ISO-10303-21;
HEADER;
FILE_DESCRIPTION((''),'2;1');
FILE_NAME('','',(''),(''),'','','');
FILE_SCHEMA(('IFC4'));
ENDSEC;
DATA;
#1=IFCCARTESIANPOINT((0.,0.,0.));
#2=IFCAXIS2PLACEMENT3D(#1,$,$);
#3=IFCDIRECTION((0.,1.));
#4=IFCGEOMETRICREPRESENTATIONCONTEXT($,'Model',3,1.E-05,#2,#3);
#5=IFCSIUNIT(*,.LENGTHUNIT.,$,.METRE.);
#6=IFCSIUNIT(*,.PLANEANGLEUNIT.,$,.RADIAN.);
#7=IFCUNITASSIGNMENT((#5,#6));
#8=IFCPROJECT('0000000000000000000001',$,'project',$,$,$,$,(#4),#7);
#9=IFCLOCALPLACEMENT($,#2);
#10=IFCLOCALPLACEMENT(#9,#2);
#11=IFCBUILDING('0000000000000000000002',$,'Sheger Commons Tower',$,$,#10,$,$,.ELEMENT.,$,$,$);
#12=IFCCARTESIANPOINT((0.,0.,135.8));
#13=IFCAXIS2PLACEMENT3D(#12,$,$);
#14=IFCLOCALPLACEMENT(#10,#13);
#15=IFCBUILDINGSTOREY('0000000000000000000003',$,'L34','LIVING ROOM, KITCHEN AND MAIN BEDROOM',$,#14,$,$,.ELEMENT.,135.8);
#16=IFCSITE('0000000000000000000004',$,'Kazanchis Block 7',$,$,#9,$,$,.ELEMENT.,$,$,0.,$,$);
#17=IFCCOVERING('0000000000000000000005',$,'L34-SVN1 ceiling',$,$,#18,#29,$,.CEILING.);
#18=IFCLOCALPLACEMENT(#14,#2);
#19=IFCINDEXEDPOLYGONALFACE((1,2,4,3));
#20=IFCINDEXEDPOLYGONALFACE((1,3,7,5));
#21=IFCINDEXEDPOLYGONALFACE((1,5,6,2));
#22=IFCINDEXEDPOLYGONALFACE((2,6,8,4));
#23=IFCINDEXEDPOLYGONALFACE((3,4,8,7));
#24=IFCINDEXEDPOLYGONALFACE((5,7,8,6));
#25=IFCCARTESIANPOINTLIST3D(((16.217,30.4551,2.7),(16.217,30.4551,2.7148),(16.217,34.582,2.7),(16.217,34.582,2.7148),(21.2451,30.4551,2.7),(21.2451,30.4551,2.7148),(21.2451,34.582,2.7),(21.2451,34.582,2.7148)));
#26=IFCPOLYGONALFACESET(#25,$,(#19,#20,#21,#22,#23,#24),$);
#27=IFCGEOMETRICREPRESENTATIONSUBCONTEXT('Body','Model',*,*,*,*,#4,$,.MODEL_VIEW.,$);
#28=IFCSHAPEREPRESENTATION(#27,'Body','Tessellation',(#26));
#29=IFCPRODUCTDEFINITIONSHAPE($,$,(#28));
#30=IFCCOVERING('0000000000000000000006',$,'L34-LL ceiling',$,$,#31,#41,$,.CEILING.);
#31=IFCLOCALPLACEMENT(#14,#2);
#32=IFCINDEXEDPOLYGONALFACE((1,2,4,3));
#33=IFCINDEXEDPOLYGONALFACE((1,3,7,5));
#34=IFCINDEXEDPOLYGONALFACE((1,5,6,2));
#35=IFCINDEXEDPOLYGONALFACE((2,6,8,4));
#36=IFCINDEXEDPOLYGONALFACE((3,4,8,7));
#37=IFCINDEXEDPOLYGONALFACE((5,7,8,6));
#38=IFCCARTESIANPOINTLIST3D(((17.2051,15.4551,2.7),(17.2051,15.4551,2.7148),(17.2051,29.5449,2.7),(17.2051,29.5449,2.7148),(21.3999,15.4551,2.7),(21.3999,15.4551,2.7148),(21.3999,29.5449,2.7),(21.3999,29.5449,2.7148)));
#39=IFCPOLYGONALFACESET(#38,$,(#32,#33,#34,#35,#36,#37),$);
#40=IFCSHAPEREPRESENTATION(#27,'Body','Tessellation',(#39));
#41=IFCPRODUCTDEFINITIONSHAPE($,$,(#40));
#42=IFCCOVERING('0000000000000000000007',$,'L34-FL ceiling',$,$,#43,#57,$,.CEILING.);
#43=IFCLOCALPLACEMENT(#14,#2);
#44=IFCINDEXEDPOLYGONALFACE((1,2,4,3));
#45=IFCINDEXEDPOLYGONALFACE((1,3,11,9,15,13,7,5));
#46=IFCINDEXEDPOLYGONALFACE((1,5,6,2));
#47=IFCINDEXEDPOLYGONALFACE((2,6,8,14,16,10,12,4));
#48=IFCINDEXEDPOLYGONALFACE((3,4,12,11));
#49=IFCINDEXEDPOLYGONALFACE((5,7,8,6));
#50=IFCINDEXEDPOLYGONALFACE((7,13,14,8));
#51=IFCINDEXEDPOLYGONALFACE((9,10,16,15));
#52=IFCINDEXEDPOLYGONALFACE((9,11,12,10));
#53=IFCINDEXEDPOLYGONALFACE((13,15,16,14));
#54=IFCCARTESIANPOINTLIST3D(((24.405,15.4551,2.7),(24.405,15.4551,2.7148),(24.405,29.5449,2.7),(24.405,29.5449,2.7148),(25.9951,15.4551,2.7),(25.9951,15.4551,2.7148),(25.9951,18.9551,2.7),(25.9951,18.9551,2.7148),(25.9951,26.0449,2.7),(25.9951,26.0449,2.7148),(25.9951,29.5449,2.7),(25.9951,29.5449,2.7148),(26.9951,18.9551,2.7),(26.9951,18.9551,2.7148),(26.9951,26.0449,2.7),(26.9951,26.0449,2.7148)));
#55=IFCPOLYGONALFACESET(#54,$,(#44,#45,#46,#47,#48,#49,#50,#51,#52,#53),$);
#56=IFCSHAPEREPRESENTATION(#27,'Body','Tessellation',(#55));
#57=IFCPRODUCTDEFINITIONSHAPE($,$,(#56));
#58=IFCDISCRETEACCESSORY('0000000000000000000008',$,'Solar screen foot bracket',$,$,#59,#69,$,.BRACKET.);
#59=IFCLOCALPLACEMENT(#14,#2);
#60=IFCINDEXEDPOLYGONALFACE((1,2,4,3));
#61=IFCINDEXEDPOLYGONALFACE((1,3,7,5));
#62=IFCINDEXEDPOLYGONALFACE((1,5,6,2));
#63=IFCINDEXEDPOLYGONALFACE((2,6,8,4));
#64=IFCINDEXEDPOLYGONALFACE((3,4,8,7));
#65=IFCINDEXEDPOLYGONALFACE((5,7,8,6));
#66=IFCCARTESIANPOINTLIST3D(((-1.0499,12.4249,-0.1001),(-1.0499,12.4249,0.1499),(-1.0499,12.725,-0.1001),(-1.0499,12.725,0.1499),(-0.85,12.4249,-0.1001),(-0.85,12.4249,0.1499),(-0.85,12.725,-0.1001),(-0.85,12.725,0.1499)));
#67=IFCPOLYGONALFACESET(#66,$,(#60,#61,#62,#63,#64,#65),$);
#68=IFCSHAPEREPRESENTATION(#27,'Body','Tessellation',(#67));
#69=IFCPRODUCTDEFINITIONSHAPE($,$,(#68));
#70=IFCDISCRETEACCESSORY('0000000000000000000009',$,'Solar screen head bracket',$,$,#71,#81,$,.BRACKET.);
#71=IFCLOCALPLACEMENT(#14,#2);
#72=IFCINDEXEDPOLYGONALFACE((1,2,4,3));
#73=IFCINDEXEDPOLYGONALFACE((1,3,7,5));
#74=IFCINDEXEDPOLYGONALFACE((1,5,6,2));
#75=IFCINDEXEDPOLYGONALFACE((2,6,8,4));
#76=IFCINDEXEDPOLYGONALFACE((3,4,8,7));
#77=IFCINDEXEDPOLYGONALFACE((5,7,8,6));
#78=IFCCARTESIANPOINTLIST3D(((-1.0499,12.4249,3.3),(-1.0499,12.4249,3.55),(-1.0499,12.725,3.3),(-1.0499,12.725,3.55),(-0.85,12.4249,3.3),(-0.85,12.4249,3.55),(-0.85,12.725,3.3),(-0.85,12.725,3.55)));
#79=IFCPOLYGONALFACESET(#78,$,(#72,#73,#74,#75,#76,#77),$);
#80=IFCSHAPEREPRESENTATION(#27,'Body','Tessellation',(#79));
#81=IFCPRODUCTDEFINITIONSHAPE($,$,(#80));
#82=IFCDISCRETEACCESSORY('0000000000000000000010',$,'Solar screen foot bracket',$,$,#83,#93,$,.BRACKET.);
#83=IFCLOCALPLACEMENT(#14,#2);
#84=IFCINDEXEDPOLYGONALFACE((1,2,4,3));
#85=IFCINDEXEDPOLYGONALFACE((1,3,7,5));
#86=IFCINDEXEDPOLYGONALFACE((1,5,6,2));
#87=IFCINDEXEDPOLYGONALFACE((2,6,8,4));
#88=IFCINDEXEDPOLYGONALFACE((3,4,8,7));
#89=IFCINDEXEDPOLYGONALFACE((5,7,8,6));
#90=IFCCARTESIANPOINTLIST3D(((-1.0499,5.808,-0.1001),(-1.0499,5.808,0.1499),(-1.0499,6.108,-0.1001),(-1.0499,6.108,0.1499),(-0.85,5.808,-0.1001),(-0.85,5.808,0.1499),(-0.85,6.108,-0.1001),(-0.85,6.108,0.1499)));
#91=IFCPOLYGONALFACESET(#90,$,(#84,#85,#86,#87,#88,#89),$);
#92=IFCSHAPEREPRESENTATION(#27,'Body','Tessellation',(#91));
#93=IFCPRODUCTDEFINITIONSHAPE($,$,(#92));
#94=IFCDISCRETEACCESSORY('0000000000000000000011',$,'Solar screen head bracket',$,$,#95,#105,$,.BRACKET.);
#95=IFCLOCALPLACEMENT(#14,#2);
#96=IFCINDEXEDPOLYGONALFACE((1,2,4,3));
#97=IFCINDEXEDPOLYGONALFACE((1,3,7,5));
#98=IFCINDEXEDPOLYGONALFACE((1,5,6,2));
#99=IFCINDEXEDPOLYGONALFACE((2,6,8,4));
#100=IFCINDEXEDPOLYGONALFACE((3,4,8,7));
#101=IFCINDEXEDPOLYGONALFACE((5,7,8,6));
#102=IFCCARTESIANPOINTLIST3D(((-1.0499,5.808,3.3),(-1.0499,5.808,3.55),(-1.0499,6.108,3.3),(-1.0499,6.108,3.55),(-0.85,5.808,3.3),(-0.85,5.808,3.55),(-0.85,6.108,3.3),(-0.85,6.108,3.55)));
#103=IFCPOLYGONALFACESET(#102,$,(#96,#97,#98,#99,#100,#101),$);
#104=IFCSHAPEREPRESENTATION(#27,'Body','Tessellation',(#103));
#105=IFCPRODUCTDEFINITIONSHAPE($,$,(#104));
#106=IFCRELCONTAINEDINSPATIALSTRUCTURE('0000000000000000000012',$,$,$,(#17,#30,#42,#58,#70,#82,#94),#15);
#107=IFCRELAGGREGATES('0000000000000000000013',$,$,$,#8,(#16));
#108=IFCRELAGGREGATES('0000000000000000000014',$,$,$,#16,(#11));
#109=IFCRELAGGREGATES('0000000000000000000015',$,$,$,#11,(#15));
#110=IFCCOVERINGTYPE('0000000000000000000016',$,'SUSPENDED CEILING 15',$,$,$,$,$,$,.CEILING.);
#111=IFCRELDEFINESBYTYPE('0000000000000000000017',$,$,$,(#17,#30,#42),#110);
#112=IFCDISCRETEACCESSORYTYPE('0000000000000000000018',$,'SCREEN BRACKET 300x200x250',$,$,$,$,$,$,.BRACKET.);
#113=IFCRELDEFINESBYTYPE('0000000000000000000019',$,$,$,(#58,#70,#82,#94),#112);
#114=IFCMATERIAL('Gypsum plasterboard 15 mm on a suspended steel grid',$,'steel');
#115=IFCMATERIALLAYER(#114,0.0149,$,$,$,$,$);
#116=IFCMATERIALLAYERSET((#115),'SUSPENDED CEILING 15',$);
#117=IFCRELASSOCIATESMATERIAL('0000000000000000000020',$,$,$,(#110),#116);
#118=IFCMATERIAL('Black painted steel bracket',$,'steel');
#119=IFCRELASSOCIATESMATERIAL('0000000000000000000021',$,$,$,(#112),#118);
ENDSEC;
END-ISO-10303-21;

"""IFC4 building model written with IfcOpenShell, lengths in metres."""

from ifc_helpers import new_model, si_unit, direction, frame, origin, origin_2d, place, context, subcontext, project, spatial, polyline, rectangle, outline, extrude, material, layer, layer_set, type_object, element, save


model = new_model("IFC4")

# Units and contexts
model_context = context("Model", 3, precision=1e-05, world=origin(), true_north=direction((0.0, 1.0)))
body_context = subcontext(model_context, "Body", "Model", "MODEL_VIEW")
ifc_project = project(units=[si_unit("LENGTHUNIT", "METRE"), si_unit("PLANEANGLEUNIT", "RADIAN")], contexts=[model_context])

# Site, building, storey
site_placement = place(None, origin())
site = spatial("IfcSite", under=ifc_project, at=site_placement, Name="Kazanchis Block 7", CompositionType="ELEMENT", RefElevation=0.0)
building_placement = place(site_placement, origin())
building = spatial("IfcBuilding", under=site, at=building_placement, Name="Sheger Commons Tower", CompositionType="ELEMENT")
storey_placement = place(building_placement, frame((0.0, 0.0, 135.8)))
storey = spatial("IfcBuildingStorey", under=building, at=storey_placement, Name="L34", Description="LIVING ROOM, KITCHEN AND MAIN BEDROOM", CompositionType="ELEMENT", Elevation=135.8)

# Coverings
ifc_material_1 = material(Name="Gypsum plasterboard 15 mm on a suspended steel grid", Category="steel")
ifc_layer_1 = layer(ifc_material_1, 0.0149)
ifc_layer_set_1 = layer_set([ifc_layer_1], Name="SUSPENDED CEILING 15")
covering_type_1 = type_object("IfcCoveringType", Name="SUSPENDED CEILING 15", PredefinedType="CEILING", material=ifc_layer_set_1)
covering_1_placement = place(storey_placement, frame((0.0, 0.0, 2.7)))
element("IfcCovering", 1, at=covering_1_placement, inside=storey, type_object=covering_type_1, Name="L34-SVN1 ceiling", PredefinedType="CEILING", context=body_context, shape_type="SweptSolid", body=[
    extrude(outline(polyline([(16.217, 30.4551), (21.2451, 30.4551), (21.2451, 34.582), (16.217, 34.582), (16.217, 30.4551)])), origin(), (0.0, 0.0, 1.0), 0.0149),
])
covering_2_placement = place(storey_placement, frame((0.0, 0.0, 2.7)))
element("IfcCovering", 2, at=covering_2_placement, inside=storey, type_object=covering_type_1, Name="L34-LL ceiling", PredefinedType="CEILING", context=body_context, shape_type="SweptSolid", body=[
    extrude(outline(polyline([(17.2051, 15.4551), (21.3999, 15.4551), (21.3999, 29.5449), (17.2051, 29.5449), (17.2051, 15.4551)])), origin(), (0.0, 0.0, 1.0), 0.0149),
])
covering_3_placement = place(storey_placement, frame((0.0, 0.0, 2.7)))
element("IfcCovering", 3, at=covering_3_placement, inside=storey, type_object=covering_type_1, Name="L34-FL ceiling", PredefinedType="CEILING", context=body_context, shape_type="SweptSolid", body=[
    extrude(outline(polyline([(24.405, 15.4551), (25.9951, 15.4551), (25.9951, 18.9551), (26.9951, 18.9551), (26.9951, 26.0449), (25.9951, 26.0449), (25.9951, 29.5449), (24.405, 29.5449), (24.405, 15.4551)])), origin(), (0.0, 0.0, 1.0), 0.0149),
])

# Discrete accessories
ifc_material_2 = material(Name="Black painted steel bracket", Category="steel")
discrete_accessory_type = type_object("IfcDiscreteAccessoryType", Name="SCREEN BRACKET 300x200x250", PredefinedType="BRACKET", material=ifc_material_2)
for number, where, z_axis, x_axis, name in (
    (4, (-0.95, 12.575, -0.1001), (0.0, 0.0, 1.0), (0.0, -1.0, 0.0), "Solar screen foot bracket"),
    (5, (-0.95, 12.575, 3.3), (0.0, 0.0, 1.0), (0.0, -1.0, 0.0), "Solar screen head bracket"),
    (6, (-0.95, 5.958, -0.1001), (0.0, 0.0, 1.0), (0.0, -1.0, 0.0), "Solar screen foot bracket"),
    (7, (-0.95, 5.958, 3.3), (0.0, 0.0, 1.0), (0.0, -1.0, 0.0), "Solar screen head bracket"),
):
    element("IfcDiscreteAccessory", number, at=place(storey_placement, frame(where, z_axis=z_axis, x_axis=x_axis)), inside=storey, type_object=discrete_accessory_type, Name=name, PredefinedType="BRACKET", context=body_context, shape_type="SweptSolid", body=[
        extrude(rectangle(XDim=0.3, YDim=0.2, at=origin_2d()), origin(), (0.0, 0.0, 1.0), 0.25),
    ])

save(model, "model.ifc")
